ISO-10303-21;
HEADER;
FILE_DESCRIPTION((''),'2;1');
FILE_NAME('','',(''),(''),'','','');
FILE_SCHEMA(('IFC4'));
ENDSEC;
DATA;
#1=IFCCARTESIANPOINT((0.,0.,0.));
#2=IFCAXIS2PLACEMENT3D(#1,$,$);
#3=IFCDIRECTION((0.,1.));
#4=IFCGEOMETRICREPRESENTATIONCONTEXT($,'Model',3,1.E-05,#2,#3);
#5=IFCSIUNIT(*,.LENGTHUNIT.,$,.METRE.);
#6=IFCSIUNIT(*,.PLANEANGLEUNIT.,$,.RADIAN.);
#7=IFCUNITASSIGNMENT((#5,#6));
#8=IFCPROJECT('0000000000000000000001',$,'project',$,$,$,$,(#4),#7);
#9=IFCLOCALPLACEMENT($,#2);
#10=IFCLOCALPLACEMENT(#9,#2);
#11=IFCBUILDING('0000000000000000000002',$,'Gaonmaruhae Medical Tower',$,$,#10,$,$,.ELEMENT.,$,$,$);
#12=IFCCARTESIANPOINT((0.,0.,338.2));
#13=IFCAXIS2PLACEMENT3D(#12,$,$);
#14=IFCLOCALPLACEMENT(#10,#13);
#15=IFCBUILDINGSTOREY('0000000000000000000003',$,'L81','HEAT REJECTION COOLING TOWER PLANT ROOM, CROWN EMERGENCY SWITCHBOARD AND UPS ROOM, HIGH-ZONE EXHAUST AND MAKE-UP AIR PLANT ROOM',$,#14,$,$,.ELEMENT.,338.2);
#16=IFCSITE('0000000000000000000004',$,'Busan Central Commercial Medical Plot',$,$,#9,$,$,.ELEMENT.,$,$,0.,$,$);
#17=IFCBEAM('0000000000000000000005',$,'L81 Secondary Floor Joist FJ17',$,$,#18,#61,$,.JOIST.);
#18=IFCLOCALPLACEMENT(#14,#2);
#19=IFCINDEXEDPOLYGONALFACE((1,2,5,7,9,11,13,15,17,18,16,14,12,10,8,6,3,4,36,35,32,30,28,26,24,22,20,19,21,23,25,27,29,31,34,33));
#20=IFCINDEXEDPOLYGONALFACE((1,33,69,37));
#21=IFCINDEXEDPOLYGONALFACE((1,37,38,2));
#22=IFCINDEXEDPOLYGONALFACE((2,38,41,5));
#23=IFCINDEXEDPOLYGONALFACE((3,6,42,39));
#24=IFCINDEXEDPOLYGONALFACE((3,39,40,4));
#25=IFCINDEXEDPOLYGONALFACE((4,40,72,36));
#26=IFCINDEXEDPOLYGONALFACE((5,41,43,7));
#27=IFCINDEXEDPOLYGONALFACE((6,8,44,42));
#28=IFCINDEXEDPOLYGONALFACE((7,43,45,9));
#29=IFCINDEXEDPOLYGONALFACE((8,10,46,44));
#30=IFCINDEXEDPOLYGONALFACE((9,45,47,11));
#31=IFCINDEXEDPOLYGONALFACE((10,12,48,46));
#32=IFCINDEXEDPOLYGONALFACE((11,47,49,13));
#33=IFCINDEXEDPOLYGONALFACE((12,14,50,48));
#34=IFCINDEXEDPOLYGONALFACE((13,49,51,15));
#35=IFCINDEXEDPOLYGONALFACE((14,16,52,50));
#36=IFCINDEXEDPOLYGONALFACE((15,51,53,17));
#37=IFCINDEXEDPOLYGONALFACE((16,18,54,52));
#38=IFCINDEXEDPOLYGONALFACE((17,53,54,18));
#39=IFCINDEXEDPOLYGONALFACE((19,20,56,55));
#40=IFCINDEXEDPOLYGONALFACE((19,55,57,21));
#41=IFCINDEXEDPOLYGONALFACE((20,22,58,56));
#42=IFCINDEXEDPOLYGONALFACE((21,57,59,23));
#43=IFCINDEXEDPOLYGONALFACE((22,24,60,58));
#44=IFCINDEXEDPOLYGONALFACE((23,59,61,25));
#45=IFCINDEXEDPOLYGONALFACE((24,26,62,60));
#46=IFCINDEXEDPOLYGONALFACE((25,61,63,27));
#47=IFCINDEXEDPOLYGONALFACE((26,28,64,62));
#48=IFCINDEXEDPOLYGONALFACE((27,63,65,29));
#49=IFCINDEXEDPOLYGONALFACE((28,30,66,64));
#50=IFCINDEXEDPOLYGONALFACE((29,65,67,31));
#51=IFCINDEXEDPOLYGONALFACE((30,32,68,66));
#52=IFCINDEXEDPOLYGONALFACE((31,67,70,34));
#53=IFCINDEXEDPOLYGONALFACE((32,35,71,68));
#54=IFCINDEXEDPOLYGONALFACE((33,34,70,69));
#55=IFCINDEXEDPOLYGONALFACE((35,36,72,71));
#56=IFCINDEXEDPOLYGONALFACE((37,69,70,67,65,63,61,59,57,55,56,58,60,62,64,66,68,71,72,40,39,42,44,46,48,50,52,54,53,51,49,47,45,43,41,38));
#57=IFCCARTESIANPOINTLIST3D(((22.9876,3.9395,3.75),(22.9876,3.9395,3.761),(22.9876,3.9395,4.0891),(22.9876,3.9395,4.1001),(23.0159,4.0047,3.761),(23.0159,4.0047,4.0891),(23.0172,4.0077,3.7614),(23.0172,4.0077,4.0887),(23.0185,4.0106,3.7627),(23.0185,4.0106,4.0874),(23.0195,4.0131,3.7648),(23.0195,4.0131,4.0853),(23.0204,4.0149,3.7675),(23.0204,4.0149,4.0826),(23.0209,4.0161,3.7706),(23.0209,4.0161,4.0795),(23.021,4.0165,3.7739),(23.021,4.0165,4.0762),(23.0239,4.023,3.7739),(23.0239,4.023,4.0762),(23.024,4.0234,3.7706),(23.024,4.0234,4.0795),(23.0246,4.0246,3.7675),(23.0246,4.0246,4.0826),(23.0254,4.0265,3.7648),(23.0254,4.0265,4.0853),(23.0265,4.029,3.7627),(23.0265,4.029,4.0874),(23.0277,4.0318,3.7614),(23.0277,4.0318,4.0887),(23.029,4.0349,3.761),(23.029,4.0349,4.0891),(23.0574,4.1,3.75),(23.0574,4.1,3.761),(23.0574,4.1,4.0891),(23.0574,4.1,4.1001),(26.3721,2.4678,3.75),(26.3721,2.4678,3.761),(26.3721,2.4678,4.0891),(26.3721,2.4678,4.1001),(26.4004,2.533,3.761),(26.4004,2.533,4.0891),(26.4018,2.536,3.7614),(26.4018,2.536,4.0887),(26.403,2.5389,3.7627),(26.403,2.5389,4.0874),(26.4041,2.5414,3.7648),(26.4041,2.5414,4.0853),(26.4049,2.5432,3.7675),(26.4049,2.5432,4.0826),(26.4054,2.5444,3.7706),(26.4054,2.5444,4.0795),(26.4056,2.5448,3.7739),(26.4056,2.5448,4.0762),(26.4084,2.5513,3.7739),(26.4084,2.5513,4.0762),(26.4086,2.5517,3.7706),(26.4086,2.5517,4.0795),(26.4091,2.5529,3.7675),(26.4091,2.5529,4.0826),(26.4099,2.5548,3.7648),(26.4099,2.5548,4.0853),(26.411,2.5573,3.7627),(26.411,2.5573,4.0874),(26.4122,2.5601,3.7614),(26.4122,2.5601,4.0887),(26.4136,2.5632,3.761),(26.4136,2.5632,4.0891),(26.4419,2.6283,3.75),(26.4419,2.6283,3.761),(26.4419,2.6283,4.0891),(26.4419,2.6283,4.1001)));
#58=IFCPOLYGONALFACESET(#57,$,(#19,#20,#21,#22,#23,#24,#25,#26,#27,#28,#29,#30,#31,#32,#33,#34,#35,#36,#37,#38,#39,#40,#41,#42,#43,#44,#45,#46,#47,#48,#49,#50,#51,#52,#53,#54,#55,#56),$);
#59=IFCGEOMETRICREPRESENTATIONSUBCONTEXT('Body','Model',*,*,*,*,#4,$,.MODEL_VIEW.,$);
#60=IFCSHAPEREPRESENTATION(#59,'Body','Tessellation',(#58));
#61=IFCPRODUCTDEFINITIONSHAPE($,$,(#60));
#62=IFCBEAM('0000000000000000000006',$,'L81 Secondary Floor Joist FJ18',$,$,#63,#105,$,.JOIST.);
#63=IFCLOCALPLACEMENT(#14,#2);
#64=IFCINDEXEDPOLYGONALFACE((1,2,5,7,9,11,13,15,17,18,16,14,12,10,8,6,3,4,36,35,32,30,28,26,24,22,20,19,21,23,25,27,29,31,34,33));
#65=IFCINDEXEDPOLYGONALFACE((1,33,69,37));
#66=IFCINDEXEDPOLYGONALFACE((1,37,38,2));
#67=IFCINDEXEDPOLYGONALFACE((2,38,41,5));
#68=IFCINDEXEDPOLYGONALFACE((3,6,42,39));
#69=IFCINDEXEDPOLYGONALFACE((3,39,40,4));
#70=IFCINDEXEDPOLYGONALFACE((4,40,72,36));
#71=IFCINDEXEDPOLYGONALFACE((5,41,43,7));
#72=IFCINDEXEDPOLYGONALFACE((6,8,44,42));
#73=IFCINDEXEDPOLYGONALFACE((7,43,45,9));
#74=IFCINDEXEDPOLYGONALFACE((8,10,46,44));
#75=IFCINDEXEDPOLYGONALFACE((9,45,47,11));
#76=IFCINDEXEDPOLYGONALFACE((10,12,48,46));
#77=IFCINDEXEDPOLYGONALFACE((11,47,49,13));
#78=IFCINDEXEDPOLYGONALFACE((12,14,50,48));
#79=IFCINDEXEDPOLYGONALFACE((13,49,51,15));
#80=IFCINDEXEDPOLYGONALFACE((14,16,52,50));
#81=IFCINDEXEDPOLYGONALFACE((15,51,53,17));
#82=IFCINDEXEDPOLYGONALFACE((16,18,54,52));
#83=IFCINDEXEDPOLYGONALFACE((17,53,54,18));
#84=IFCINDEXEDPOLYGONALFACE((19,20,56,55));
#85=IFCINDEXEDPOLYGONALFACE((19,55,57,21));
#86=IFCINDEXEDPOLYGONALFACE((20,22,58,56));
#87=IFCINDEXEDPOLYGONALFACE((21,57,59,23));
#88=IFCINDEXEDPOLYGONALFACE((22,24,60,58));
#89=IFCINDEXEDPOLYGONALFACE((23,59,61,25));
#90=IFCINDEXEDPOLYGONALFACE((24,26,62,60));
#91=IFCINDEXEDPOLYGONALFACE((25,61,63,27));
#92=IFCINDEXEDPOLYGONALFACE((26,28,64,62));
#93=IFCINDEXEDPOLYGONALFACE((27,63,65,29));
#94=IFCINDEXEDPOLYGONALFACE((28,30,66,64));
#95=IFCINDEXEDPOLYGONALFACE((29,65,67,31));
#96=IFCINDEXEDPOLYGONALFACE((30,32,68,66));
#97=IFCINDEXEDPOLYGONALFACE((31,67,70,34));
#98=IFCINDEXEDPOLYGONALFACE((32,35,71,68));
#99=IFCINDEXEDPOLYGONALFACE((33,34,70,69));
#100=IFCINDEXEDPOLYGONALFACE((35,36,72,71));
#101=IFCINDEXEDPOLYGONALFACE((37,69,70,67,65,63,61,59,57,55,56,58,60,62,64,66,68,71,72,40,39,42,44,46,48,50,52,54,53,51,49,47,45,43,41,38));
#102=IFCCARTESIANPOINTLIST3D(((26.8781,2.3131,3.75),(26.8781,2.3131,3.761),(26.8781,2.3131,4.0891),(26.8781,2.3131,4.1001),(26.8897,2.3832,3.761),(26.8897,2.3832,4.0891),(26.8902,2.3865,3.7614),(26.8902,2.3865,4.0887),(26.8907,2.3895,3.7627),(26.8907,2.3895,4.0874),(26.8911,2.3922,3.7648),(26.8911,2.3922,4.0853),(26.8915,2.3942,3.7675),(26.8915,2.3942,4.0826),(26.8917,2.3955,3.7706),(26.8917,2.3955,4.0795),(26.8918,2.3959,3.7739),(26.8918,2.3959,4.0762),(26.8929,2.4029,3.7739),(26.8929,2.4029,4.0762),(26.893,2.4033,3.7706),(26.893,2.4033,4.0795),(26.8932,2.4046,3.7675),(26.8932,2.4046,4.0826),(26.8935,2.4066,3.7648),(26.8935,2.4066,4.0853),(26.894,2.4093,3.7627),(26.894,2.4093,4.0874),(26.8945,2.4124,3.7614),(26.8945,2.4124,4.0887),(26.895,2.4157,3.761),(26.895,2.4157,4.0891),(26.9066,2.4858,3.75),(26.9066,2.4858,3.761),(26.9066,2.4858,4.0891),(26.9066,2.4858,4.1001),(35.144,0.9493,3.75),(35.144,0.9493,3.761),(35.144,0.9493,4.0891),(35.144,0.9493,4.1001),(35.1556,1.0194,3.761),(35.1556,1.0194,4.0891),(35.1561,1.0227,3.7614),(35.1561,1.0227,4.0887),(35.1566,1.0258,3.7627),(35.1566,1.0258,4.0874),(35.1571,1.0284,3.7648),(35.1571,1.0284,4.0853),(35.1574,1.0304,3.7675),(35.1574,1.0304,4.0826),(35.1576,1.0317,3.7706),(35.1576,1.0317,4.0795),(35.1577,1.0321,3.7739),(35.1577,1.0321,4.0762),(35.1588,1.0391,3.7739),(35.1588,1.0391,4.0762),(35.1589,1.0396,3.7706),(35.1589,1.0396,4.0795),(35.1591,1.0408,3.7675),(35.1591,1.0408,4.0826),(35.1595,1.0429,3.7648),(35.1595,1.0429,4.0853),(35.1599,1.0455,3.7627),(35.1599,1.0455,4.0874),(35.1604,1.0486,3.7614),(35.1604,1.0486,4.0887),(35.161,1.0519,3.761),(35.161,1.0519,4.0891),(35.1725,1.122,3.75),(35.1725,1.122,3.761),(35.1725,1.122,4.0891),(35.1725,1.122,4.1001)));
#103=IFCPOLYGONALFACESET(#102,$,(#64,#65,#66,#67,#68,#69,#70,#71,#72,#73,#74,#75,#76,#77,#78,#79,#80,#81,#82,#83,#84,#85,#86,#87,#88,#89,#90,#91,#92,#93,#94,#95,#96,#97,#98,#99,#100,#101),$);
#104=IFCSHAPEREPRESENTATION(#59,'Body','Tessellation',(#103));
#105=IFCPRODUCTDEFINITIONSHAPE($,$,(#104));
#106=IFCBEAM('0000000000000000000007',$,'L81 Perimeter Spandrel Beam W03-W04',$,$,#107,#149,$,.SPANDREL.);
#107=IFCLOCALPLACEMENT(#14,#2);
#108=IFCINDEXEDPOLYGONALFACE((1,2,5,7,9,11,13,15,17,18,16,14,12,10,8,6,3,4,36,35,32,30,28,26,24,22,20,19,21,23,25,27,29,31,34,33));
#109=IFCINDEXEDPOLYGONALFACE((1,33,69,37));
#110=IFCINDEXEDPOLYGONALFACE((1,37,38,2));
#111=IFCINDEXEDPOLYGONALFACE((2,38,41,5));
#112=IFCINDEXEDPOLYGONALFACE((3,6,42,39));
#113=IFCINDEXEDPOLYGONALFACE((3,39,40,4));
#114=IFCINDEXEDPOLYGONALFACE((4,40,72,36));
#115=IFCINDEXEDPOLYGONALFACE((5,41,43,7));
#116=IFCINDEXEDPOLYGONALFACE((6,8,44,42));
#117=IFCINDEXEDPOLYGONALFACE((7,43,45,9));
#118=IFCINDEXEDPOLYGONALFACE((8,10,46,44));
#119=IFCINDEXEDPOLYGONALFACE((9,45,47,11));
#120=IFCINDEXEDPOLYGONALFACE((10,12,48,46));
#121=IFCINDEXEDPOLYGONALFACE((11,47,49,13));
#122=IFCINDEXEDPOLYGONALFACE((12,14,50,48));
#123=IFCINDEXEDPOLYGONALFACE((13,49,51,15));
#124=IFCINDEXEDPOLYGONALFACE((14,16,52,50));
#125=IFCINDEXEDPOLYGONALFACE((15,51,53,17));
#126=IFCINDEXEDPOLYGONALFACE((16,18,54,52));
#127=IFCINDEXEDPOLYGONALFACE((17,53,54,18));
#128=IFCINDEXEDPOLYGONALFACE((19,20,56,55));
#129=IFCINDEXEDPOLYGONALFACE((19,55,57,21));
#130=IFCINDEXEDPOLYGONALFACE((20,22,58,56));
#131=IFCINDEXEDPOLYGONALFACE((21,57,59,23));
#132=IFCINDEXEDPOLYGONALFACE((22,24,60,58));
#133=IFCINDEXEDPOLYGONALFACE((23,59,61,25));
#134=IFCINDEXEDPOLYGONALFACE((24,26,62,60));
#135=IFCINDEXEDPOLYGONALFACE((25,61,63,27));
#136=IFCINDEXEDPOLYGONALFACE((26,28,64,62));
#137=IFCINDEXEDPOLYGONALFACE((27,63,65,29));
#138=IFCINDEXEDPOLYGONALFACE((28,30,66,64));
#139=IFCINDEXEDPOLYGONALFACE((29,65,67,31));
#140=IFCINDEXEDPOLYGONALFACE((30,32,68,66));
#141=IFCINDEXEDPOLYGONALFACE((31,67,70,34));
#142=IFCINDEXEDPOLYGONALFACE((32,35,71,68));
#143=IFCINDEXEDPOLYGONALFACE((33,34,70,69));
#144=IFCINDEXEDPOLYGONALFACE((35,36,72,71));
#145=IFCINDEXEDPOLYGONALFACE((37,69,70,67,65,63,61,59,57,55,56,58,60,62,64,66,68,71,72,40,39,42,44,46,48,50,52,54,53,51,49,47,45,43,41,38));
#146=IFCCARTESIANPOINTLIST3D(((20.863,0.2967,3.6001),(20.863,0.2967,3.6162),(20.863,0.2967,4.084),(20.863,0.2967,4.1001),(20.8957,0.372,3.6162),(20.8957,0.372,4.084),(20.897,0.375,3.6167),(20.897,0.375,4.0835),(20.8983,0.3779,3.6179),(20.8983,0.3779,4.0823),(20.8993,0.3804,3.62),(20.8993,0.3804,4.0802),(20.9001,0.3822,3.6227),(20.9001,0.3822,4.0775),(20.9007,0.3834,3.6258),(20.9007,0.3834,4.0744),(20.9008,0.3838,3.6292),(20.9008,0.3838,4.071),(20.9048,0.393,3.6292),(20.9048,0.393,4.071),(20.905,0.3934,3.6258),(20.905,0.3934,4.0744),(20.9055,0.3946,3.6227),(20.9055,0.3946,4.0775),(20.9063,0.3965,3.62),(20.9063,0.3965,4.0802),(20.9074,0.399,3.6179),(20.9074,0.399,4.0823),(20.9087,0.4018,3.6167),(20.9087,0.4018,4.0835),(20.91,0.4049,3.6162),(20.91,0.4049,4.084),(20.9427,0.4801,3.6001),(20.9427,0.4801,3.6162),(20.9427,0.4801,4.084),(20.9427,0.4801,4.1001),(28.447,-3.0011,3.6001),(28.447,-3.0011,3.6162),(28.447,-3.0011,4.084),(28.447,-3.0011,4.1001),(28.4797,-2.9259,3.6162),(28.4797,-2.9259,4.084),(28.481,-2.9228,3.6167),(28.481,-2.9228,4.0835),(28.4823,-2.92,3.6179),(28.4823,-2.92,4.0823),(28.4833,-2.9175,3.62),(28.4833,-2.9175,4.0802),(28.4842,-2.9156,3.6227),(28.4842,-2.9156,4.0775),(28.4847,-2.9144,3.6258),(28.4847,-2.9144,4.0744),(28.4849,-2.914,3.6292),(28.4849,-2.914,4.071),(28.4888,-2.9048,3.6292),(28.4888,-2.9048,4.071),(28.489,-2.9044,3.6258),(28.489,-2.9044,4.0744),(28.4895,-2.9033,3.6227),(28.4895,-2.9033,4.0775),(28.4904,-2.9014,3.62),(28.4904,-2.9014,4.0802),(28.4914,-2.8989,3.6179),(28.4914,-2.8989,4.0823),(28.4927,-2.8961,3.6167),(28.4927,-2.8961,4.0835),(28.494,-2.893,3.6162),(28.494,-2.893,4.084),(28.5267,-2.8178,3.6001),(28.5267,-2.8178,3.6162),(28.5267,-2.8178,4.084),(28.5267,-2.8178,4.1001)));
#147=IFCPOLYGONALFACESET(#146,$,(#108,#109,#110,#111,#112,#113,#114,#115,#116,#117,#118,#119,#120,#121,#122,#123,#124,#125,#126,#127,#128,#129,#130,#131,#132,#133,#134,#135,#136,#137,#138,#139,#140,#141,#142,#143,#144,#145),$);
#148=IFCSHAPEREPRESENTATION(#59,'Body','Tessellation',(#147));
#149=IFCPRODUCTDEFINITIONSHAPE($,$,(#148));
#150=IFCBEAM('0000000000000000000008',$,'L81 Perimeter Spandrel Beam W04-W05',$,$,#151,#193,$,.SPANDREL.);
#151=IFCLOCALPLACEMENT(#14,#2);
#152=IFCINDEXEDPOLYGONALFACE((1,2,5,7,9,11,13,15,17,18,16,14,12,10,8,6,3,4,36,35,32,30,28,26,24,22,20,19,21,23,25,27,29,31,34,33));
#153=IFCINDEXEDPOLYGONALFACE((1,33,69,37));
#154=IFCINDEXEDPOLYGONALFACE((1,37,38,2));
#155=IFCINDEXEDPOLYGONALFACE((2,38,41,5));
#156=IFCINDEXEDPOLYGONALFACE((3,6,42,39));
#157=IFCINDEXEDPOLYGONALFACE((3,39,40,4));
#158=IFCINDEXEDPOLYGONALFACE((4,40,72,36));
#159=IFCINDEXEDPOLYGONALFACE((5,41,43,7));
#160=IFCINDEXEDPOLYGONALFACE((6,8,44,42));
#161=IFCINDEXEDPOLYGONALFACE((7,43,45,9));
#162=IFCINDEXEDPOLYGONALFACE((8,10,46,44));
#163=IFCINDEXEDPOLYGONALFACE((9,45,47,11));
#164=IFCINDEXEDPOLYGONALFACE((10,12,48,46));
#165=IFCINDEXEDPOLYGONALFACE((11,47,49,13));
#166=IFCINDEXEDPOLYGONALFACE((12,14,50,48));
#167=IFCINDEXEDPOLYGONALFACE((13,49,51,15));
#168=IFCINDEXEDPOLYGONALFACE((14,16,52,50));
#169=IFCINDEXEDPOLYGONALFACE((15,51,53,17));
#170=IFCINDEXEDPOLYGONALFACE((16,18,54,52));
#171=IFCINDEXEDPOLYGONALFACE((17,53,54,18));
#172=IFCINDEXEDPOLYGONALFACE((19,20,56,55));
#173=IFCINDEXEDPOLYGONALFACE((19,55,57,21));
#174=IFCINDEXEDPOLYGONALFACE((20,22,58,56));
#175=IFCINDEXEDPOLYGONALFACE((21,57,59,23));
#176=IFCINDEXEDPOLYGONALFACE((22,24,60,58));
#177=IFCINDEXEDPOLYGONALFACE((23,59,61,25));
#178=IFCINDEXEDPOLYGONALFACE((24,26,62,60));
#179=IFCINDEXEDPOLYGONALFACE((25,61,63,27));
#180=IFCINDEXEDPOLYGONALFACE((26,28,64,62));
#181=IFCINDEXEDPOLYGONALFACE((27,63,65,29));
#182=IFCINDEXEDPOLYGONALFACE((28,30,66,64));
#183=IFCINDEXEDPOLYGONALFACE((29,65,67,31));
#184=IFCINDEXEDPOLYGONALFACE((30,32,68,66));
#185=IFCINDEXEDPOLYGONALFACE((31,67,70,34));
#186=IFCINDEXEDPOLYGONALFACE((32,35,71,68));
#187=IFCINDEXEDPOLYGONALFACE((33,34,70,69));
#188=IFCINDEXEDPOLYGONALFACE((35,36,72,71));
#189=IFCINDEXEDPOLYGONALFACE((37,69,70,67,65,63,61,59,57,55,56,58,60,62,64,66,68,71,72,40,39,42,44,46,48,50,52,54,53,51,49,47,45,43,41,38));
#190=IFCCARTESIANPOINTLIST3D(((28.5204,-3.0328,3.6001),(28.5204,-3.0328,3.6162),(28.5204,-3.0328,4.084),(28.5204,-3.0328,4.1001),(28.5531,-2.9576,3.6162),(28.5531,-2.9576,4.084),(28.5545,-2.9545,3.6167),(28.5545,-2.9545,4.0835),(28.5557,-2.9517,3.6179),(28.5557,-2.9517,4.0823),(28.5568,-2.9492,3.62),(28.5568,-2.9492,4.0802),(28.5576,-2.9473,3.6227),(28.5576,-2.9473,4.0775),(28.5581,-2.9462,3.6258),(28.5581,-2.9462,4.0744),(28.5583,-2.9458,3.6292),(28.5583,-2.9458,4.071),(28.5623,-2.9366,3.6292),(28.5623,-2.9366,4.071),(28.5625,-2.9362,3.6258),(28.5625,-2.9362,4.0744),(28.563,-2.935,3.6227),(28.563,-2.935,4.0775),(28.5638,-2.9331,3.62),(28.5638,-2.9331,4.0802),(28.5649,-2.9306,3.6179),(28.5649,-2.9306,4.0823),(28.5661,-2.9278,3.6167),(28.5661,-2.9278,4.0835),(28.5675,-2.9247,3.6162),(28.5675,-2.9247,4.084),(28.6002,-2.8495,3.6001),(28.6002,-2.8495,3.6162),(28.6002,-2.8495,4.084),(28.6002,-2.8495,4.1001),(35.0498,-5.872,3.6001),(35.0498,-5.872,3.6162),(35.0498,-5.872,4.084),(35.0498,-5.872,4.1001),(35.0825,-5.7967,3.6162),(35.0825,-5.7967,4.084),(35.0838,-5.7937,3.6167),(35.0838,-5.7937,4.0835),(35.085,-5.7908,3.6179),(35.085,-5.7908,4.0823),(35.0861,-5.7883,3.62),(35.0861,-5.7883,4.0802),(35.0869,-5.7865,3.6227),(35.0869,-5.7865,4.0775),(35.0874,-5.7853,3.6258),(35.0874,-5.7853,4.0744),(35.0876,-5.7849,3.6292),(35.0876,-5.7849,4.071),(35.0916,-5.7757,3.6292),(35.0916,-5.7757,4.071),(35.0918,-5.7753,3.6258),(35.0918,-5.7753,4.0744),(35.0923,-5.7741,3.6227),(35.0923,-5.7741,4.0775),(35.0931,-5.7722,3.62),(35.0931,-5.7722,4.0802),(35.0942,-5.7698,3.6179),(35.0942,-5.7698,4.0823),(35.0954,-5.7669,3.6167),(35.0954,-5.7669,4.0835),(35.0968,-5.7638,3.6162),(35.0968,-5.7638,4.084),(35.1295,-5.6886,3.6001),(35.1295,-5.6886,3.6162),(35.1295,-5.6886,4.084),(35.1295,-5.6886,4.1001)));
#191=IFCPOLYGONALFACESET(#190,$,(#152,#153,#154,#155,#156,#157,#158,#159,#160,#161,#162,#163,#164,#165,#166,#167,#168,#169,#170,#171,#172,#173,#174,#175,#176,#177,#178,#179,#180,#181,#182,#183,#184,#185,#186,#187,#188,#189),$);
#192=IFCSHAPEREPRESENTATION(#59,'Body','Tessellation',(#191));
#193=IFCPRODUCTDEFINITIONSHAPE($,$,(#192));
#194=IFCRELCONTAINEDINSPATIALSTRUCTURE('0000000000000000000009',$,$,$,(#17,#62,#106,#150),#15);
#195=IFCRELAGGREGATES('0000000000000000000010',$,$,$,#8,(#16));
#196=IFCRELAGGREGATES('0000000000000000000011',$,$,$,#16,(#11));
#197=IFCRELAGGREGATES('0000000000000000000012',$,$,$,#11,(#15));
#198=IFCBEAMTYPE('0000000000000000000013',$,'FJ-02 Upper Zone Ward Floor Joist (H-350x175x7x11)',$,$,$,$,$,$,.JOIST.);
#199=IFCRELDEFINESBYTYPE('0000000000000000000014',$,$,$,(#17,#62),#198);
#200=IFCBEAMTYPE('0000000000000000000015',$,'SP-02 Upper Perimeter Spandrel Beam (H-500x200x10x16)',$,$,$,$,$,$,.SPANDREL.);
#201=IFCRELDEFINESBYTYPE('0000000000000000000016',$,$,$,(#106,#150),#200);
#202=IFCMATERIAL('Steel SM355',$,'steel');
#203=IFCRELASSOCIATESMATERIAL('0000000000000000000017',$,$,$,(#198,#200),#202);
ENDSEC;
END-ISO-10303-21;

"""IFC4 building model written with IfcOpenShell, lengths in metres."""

from ifc_helpers import new_model, si_unit, direction, frame, origin, origin_2d, place, context, subcontext, project, spatial, i_section, extrude, material, material_profile, profile_set, type_object, element, save


model = new_model("IFC4")

# Units and contexts
model_context = context("Model", 3, precision=1e-05, world=origin(), true_north=direction((0.0, 1.0)))
body_context = subcontext(model_context, "Body", "Model", "MODEL_VIEW")
ifc_project = project(units=[si_unit("LENGTHUNIT", "METRE"), si_unit("PLANEANGLEUNIT", "RADIAN")], contexts=[model_context])

# Site, building, storey
site_placement = place(None, origin())
site = spatial("IfcSite", under=ifc_project, at=site_placement, Name="Busan Central Commercial Medical Plot", CompositionType="ELEMENT", RefElevation=0.0)
building_placement = place(site_placement, origin())
building = spatial("IfcBuilding", under=site, at=building_placement, Name="Gaonmaruhae Medical Tower", CompositionType="ELEMENT")
storey_placement = place(building_placement, frame((0.0, 0.0, 338.2)))
storey = spatial("IfcBuildingStorey", under=building, at=storey_placement, Name="L81", Description="HEAT REJECTION COOLING TOWER PLANT ROOM, CROWN EMERGENCY SWITCHBOARD AND UPS ROOM, HIGH-ZONE EXHAUST AND MAKE-UP AIR PLANT ROOM", CompositionType="ELEMENT", Elevation=338.2)

# Beams
ifc_material_1 = material(Name="Steel SM355", Category="steel")
ifc_material_profile_1 = material_profile(ifc_material_1, i_section(OverallWidth=0.175, OverallDepth=0.3501, WebThickness=0.0071, FlangeThickness=0.011, FilletRadius=0.0129, at=origin_2d()), Name="H-350x175x7x11")
ifc_profile_set_1 = profile_set([ifc_material_profile_1], Name="Steel SM355")
beam_type_1 = type_object("IfcBeamType", Name="FJ-02 Upper Zone Ward Floor Joist (H-350x175x7x11)", PredefinedType="JOIST", material=ifc_profile_set_1)
beam_1_placement = place(storey_placement, frame((23.0225, 4.0198, 3.925), z_axis=(0.917055, -0.39876, 0.0), x_axis=(0.39876, 0.917055, 0.0)))
element("IfcBeam", 1, at=beam_1_placement, inside=storey, type_object=beam_type_1, Name="L81 Secondary Floor Joist FJ17", PredefinedType="JOIST", context=body_context, shape_type="SweptSolid", body=[
    extrude(i_section(OverallWidth=0.175, OverallDepth=0.3501, WebThickness=0.0071, FlangeThickness=0.011, FilletRadius=0.0129, at=origin_2d()), origin(), (0.0, 0.0, 1.0), 3.6907),
])
beam_2_placement = place(storey_placement, frame((26.8923, 2.3994, 3.925), z_axis=(0.986661, -0.162787, 0.0), x_axis=(0.162787, 0.986661, 0.0)))
element("IfcBeam", 2, at=beam_2_placement, inside=storey, type_object=beam_type_1, Name="L81 Secondary Floor Joist FJ18", PredefinedType="JOIST", context=body_context, shape_type="SweptSolid", body=[
    extrude(i_section(OverallWidth=0.175, OverallDepth=0.3501, WebThickness=0.0071, FlangeThickness=0.011, FilletRadius=0.0129, at=origin_2d()), origin(), (0.0, 0.0, 1.0), 8.3777),
])
ifc_material_profile_2 = material_profile(ifc_material_1, i_section(OverallWidth=0.2, OverallDepth=0.5, WebThickness=0.01, FlangeThickness=0.0161, FilletRadius=0.0129, at=origin_2d()), Name="H-500x200x10x16")
ifc_profile_set_2 = profile_set([ifc_material_profile_2], Name="Steel SM355")
beam_type_2 = type_object("IfcBeamType", Name="SP-02 Upper Perimeter Spandrel Beam (H-500x200x10x16)", PredefinedType="SPANDREL", material=ifc_profile_set_2)
beam_3_placement = place(storey_placement, frame((20.9028, 0.3884, 3.8501), z_axis=(0.917049, -0.398774, 0.0), x_axis=(0.398774, 0.917049, 0.0)))
element("IfcBeam", 3, at=beam_3_placement, inside=storey, type_object=beam_type_2, Name="L81 Perimeter Spandrel Beam W03-W04", PredefinedType="SPANDREL", context=body_context, shape_type="SweptSolid", body=[
    extrude(i_section(OverallWidth=0.2, OverallDepth=0.5, WebThickness=0.01, FlangeThickness=0.0161, FilletRadius=0.0129, at=origin_2d()), origin(), (0.0, 0.0, 1.0), 8.27),
])
beam_4_placement = place(storey_placement, frame((28.5603, -2.9412, 3.8501), z_axis=(0.917055, -0.39876, 0.0), x_axis=(0.39876, 0.917055, 0.0)))
element("IfcBeam", 4, at=beam_4_placement, inside=storey, type_object=beam_type_2, Name="L81 Perimeter Spandrel Beam W04-W05", PredefinedType="SPANDREL", context=body_context, shape_type="SweptSolid", body=[
    extrude(i_section(OverallWidth=0.2, OverallDepth=0.5, WebThickness=0.01, FlangeThickness=0.0161, FilletRadius=0.0129, at=origin_2d()), origin(), (0.0, 0.0, 1.0), 7.1199),
])

save(model, "model.ifc")
